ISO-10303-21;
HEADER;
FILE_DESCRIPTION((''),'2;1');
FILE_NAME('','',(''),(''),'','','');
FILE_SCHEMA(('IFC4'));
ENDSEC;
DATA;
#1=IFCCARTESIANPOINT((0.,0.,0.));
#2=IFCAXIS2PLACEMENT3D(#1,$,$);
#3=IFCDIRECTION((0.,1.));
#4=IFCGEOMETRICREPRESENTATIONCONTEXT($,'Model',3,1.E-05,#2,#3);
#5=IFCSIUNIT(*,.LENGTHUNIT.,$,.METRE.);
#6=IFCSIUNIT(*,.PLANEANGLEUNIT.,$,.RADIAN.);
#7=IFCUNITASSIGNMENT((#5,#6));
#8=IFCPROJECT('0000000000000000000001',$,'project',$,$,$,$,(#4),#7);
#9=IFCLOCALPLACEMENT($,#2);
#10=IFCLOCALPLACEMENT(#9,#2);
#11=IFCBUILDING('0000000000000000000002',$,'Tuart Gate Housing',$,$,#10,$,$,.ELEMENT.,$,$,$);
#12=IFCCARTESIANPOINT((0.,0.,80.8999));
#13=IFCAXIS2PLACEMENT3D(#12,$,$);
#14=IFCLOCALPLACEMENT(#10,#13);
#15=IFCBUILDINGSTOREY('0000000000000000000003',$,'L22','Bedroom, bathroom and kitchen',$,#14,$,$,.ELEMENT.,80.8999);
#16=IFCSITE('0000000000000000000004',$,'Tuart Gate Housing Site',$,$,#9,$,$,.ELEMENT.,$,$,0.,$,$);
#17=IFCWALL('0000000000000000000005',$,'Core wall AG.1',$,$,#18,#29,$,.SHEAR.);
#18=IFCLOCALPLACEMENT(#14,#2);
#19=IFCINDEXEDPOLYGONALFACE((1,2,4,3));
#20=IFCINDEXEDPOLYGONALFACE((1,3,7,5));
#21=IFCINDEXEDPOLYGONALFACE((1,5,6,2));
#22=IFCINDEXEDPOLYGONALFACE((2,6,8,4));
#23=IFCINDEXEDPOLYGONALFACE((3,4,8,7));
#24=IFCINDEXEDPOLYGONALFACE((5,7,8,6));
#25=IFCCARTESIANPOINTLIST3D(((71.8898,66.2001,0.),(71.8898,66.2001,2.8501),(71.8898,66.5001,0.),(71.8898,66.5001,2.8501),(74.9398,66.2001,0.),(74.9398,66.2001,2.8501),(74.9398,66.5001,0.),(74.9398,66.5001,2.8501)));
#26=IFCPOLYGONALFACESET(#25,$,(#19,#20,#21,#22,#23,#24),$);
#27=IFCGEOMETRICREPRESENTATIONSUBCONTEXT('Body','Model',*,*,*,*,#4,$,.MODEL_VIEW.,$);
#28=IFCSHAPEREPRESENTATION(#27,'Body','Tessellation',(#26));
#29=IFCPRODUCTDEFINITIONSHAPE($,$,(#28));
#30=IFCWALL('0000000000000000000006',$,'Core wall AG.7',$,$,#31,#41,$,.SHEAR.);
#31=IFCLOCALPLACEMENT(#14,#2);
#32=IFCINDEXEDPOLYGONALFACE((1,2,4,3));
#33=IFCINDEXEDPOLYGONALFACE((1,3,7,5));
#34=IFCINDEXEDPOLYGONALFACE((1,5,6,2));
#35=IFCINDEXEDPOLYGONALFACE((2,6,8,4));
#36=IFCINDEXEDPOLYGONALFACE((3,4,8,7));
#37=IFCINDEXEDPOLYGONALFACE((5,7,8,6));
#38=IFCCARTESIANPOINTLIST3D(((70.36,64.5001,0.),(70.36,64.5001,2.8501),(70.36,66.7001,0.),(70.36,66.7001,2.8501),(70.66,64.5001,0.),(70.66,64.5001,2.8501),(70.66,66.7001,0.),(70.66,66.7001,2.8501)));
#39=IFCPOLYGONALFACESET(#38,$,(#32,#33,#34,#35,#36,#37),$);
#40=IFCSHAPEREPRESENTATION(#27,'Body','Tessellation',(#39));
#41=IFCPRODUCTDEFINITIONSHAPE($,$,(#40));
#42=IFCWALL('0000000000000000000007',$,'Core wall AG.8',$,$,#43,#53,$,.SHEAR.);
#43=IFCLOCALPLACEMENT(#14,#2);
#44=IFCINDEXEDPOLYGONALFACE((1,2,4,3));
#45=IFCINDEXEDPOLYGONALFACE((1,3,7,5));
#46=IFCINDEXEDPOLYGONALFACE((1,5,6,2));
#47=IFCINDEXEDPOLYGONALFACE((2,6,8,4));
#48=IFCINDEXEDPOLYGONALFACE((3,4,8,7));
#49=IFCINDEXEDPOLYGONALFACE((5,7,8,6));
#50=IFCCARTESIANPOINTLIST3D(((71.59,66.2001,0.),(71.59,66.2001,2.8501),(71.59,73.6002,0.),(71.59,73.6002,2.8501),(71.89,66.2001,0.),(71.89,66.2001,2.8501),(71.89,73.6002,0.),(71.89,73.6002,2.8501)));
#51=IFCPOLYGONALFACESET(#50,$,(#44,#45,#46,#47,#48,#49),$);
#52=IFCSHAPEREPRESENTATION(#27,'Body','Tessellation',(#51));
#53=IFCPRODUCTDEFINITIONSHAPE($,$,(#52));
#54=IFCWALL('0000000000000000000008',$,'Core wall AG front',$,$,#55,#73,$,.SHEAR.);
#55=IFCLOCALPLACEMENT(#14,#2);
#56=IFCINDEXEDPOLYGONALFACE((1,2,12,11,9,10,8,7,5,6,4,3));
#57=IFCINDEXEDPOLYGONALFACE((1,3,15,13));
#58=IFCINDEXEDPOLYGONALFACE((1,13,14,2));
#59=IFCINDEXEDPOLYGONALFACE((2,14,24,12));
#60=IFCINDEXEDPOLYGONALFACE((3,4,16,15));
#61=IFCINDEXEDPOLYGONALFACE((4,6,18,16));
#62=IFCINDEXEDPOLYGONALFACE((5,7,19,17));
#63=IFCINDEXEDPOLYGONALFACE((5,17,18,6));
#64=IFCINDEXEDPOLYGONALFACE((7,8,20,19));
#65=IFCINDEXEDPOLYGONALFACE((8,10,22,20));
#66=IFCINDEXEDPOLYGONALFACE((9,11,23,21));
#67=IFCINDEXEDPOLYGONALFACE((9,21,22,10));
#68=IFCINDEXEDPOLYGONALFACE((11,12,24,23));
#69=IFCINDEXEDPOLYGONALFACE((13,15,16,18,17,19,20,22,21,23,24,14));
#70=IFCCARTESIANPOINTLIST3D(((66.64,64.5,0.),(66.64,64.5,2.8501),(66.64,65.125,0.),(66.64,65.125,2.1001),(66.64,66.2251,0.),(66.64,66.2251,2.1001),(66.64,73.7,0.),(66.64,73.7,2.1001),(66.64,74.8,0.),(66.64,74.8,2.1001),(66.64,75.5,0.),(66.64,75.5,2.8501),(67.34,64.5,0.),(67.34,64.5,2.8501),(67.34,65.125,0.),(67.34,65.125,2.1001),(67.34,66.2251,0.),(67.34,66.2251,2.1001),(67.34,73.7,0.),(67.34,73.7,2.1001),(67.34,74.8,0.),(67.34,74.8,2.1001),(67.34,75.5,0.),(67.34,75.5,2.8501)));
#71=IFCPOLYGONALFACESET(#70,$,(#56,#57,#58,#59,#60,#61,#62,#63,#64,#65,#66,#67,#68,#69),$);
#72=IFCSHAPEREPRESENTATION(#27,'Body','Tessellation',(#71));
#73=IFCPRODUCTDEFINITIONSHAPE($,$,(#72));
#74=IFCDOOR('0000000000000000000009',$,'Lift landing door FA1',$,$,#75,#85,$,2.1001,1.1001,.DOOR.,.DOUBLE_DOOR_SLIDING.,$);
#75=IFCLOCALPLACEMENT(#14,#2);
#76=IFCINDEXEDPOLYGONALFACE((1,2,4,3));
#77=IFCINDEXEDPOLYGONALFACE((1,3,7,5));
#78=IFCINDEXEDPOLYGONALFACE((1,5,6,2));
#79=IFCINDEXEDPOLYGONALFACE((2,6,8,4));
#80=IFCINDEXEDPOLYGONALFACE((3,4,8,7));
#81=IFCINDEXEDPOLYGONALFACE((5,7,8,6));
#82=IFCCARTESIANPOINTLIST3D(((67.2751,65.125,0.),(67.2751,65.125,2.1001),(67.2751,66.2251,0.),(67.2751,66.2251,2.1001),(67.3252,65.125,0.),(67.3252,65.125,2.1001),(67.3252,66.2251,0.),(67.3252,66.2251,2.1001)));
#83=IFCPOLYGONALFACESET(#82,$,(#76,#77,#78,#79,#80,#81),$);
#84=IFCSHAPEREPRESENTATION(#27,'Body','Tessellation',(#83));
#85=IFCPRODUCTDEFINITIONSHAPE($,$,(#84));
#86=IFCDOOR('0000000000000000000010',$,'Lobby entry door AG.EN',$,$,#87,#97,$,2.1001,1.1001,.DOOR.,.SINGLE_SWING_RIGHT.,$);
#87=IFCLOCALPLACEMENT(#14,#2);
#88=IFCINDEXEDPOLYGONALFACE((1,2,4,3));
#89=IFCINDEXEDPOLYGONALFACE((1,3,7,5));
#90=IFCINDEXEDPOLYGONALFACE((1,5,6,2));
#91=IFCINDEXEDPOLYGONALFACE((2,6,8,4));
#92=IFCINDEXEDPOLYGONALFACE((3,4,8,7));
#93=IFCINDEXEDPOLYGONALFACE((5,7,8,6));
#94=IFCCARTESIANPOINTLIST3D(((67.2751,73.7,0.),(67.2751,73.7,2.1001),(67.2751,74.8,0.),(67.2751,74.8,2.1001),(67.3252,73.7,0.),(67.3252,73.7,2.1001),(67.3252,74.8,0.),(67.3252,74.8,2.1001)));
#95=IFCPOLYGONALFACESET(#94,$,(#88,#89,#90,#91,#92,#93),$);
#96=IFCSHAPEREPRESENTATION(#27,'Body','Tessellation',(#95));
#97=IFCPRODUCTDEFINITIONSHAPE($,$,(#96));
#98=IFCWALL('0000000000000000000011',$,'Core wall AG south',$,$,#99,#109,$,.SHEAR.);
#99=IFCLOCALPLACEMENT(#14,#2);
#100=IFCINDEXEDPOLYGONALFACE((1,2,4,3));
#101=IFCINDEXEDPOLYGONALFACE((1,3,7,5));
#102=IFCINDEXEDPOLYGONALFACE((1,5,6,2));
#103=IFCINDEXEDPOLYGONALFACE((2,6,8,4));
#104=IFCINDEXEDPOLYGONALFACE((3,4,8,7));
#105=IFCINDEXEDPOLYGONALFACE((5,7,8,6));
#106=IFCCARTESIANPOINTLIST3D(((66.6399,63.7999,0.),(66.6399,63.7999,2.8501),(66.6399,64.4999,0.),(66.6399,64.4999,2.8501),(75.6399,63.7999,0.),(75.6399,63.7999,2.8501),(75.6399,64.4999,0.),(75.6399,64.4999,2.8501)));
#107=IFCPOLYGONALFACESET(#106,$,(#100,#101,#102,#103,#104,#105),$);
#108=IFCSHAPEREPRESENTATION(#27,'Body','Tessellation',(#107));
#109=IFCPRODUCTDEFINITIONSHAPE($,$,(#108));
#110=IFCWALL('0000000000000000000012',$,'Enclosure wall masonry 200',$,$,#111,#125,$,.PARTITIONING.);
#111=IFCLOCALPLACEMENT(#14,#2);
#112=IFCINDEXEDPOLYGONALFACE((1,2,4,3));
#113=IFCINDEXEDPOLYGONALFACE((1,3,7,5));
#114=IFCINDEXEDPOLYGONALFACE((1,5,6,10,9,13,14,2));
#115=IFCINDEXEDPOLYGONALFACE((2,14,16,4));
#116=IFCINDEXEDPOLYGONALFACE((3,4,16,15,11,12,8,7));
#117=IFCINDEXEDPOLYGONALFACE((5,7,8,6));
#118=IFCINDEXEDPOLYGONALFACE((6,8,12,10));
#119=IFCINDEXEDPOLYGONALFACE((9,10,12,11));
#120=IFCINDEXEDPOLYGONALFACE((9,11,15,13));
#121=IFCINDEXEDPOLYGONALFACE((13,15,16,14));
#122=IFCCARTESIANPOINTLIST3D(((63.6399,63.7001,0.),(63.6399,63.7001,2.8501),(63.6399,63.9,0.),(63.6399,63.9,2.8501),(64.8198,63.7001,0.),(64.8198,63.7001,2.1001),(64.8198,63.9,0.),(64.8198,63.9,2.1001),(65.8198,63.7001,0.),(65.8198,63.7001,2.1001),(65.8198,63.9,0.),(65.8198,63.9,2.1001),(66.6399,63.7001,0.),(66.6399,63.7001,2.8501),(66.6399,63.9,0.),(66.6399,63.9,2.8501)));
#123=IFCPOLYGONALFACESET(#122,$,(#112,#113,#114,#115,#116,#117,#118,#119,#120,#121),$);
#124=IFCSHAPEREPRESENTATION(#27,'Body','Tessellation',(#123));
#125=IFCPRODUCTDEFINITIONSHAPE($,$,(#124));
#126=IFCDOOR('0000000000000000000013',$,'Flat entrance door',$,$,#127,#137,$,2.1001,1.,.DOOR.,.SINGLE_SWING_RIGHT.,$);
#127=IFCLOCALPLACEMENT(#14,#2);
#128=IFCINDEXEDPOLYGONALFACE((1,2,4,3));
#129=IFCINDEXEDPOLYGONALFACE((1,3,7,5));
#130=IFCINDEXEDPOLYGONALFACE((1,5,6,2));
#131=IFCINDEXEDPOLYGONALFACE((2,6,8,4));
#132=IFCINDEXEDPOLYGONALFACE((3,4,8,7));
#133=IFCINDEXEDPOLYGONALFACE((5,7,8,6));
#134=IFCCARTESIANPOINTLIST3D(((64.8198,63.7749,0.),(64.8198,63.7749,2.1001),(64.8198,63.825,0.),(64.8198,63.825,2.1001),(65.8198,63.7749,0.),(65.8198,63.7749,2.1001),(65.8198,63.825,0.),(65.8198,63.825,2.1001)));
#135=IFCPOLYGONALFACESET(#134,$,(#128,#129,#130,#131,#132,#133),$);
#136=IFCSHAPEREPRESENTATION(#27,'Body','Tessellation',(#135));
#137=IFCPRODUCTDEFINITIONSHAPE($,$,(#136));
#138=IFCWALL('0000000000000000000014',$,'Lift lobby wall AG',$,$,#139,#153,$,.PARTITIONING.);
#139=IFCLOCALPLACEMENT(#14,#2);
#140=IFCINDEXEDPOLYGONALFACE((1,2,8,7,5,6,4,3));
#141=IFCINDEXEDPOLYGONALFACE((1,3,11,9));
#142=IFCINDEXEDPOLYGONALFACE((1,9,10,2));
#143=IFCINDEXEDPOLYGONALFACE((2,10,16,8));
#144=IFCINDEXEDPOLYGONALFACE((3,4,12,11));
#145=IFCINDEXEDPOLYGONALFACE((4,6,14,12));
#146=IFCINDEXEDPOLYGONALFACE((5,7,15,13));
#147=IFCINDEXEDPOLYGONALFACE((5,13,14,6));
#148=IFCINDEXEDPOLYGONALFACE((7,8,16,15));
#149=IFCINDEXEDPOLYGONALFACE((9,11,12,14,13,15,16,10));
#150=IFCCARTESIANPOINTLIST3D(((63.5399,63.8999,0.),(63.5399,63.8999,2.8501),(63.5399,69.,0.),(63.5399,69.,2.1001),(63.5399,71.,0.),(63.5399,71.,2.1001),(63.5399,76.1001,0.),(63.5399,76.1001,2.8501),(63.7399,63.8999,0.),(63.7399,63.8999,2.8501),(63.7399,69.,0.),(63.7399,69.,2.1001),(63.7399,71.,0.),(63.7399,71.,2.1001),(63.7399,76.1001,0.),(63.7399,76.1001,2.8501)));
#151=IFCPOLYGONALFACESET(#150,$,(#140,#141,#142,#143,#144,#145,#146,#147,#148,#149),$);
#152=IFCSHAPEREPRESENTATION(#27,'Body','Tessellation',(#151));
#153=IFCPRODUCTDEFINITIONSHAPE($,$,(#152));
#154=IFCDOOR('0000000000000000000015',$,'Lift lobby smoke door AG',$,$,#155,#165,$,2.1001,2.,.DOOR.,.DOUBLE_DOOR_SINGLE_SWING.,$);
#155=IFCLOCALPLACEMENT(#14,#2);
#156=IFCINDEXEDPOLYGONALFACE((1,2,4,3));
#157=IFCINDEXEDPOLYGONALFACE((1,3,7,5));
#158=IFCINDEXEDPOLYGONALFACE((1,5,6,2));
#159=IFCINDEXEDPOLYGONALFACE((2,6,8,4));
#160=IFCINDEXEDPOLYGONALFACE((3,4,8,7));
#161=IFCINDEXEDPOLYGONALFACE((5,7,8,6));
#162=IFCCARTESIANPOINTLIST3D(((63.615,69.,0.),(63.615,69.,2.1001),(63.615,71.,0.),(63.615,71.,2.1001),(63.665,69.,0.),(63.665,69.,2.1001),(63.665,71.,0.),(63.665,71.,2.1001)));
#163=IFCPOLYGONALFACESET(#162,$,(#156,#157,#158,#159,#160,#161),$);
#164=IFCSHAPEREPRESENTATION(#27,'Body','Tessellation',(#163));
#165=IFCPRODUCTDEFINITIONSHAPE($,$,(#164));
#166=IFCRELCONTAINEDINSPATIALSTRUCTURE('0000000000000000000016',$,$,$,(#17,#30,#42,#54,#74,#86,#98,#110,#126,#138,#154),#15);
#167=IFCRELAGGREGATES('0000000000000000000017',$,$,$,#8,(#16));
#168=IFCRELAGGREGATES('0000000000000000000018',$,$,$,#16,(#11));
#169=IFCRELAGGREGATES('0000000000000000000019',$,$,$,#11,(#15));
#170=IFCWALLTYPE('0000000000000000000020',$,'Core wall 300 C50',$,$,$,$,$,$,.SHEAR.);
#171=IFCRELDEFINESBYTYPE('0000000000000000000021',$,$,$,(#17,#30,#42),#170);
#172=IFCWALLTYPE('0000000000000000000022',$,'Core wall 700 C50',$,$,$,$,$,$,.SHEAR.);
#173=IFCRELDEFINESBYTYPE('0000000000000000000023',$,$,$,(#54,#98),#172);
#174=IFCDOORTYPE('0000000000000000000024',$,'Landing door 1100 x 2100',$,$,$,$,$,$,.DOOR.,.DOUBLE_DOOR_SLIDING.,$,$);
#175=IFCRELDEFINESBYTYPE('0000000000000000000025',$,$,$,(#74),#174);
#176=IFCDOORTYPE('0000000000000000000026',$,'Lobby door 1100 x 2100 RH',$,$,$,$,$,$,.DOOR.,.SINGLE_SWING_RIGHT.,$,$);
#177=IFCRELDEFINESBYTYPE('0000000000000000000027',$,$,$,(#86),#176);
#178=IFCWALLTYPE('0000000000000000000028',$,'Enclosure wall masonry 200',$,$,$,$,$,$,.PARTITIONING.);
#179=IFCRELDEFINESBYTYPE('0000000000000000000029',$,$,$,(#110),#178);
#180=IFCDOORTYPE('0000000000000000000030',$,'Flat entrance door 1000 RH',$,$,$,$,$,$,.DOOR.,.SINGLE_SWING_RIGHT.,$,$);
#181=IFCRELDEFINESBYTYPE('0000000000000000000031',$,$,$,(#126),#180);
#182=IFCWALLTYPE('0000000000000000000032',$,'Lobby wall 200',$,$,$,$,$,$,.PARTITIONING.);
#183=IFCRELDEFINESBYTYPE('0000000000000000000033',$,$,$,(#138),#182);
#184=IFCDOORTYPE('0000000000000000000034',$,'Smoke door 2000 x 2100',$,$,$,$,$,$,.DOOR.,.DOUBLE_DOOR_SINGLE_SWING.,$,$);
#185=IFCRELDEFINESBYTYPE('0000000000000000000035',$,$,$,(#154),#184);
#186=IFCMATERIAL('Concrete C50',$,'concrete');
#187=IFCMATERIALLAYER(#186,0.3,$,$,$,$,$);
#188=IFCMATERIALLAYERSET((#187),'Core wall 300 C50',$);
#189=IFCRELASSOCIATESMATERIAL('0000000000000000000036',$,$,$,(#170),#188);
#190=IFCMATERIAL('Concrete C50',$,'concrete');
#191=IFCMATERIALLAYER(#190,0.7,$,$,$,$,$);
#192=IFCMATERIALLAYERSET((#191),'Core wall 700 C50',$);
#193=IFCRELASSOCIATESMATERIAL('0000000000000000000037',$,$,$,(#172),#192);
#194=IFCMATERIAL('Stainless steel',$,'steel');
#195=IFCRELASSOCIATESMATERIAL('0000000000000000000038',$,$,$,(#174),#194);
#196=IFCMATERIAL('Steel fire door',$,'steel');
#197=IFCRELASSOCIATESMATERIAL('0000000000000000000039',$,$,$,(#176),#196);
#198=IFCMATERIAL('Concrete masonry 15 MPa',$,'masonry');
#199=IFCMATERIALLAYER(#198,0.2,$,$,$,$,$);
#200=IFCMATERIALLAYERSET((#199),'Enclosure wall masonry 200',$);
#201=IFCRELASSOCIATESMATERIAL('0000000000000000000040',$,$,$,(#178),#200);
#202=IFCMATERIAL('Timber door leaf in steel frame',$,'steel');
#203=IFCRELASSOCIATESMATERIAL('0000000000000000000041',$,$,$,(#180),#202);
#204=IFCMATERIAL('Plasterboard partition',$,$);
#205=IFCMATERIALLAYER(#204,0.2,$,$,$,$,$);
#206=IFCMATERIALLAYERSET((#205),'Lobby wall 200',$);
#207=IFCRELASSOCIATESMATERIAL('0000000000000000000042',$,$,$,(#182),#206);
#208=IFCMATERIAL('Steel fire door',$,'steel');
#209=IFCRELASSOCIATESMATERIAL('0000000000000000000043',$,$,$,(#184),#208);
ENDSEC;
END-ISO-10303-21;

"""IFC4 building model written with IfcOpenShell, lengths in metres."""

from ifc_helpers import new_model, si_unit, direction, frame, frame_2d, origin, place, context, subcontext, project, spatial, rectangle, extrude, material, layer, layer_set, type_object, element, fill, save


model = new_model("IFC4")

# Units and contexts
model_context = context("Model", 3, precision=1e-05, world=origin(), true_north=direction((0.0, 1.0)))
body_context = subcontext(model_context, "Body", "Model", "MODEL_VIEW")
ifc_project = project(units=[si_unit("LENGTHUNIT", "METRE"), si_unit("PLANEANGLEUNIT", "RADIAN")], contexts=[model_context])

# Site, building, storey
site_placement = place(None, origin())
site = spatial("IfcSite", under=ifc_project, at=site_placement, Name="Tuart Gate Housing Site", CompositionType="ELEMENT", RefElevation=0.0)
building_placement = place(site_placement, origin())
building = spatial("IfcBuilding", under=site, at=building_placement, Name="Tuart Gate Housing", CompositionType="ELEMENT")
storey_placement = place(building_placement, frame((0.0, 0.0, 80.8999)))
storey = spatial("IfcBuildingStorey", under=building, at=storey_placement, Name="L22", Description="Bedroom, bathroom and kitchen", CompositionType="ELEMENT", Elevation=80.8999)

# Walls
ifc_material_1 = material(Name="Concrete C50", Category="concrete")
ifc_layer_1 = layer(ifc_material_1, 0.3)
ifc_layer_set_1 = layer_set([ifc_layer_1], Name="Core wall 300 C50")
wall_type_1 = type_object("IfcWallType", Name="Core wall 300 C50", PredefinedType="SHEAR", material=ifc_layer_set_1)
wall_1_placement = place(storey_placement, frame((71.8899, 66.3501, 0.0), z_axis=(0.0, 0.0, 1.0), x_axis=(1.0, 0.0, 0.0)))
element("IfcWall", 1, at=wall_1_placement, inside=storey, type_object=wall_type_1, Name="Core wall AG.1", PredefinedType="SHEAR", context=body_context, shape_type="SweptSolid", body=[
    extrude(rectangle(XDim=3.05, YDim=0.3, at=frame_2d((1.5249, 0.0))), origin(), (0.0, 0.0, 1.0), 2.8501),
])
wall_2_placement = place(storey_placement, frame((70.51, 64.5, 0.0), z_axis=(0.0, 0.0, 1.0), x_axis=(0.0, 1.0, 0.0)))
element("IfcWall", 2, at=wall_2_placement, inside=storey, type_object=wall_type_1, Name="Core wall AG.7", PredefinedType="SHEAR", context=body_context, shape_type="SweptSolid", body=[
    extrude(rectangle(XDim=2.2, YDim=0.3, at=frame_2d((1.1001, 0.0))), origin(), (0.0, 0.0, 1.0), 2.8501),
])
wall_3_placement = place(storey_placement, frame((71.74, 66.2, 0.0), z_axis=(0.0, 0.0, 1.0), x_axis=(0.0, 1.0, 0.0)))
element("IfcWall", 3, at=wall_3_placement, inside=storey, type_object=wall_type_1, Name="Core wall AG.8", PredefinedType="SHEAR", context=body_context, shape_type="SweptSolid", body=[
    extrude(rectangle(XDim=7.4001, YDim=0.3, at=frame_2d((3.7002, 0.0))), origin(), (0.0, 0.0, 1.0), 2.8501),
])

# Wall, openings, doors
ifc_material_2 = material(Name="Concrete C50", Category="concrete")
ifc_layer_2 = layer(ifc_material_2, 0.7)
ifc_layer_set_2 = layer_set([ifc_layer_2], Name="Core wall 700 C50")
wall_type_2 = type_object("IfcWallType", Name="Core wall 700 C50", PredefinedType="SHEAR", material=ifc_layer_set_2)
wall_4_placement = place(storey_placement, frame((66.99, 64.5, 0.0), z_axis=(0.0, 0.0, 1.0), x_axis=(0.0, 1.0, 0.0)))
wall_4 = element("IfcWall", 4, at=wall_4_placement, inside=storey, type_object=wall_type_2, Name="Core wall AG front", PredefinedType="SHEAR", context=body_context, shape_type="SweptSolid", body=[
    extrude(rectangle(XDim=11.0, YDim=0.7, at=frame_2d((5.5, 0.0))), origin(), (0.0, 0.0, 1.0), 2.8501),
])
opening_1_placement = place(wall_4_placement, frame((0.625, 0.0, 0.0)))
opening_1 = element("IfcOpeningElement", 5, at=opening_1_placement, cuts=wall_4, PredefinedType="OPENING", context=body_context, shape_type="SweptSolid", body=[
    extrude(rectangle(XDim=1.1001, YDim=2.1001, at=frame_2d((0.55, 1.05))), frame((0.0, 0.3599, 0.0), z_axis=(0.0, -1.0, 0.0), x_axis=(1.0, 0.0, 0.0)), (0.0, 0.0, 1.0), 0.72),
])
opening_2_placement = place(wall_4_placement, frame((9.2, 0.0, 0.0)))
opening_2 = element("IfcOpeningElement", 6, at=opening_2_placement, cuts=wall_4, PredefinedType="OPENING", context=body_context, shape_type="SweptSolid", body=[
    extrude(rectangle(XDim=1.1001, YDim=2.1001, at=frame_2d((0.55, 1.05))), frame((0.0, 0.3599, 0.0), z_axis=(0.0, -1.0, 0.0), x_axis=(1.0, 0.0, 0.0)), (0.0, 0.0, 1.0), 0.72),
])
ifc_material_3 = material(Name="Stainless steel", Category="steel")
door_type_1 = type_object("IfcDoorType", Name="Landing door 1100 x 2100", OperationType="DOUBLE_DOOR_SLIDING", PredefinedType="DOOR", material=ifc_material_3)
door_1_placement = place(opening_1_placement, origin())
door_1 = element("IfcDoor", 7, at=door_1_placement, inside=storey, type_object=door_type_1, Name="Lift landing door FA1", OperationType="DOUBLE_DOOR_SLIDING", OverallHeight=2.1001, OverallWidth=1.1001, PredefinedType="DOOR", context=body_context, shape_type="SweptSolid", body=[
    extrude(rectangle(XDim=1.1001, YDim=2.1001, at=frame_2d((0.55, 1.05))), frame((0.0, -0.2852, 0.0), z_axis=(0.0, -1.0, 0.0), x_axis=(1.0, 0.0, 0.0)), (0.0, 0.0, 1.0), 0.05),
])
fill(opening_1, door_1)
ifc_material_4 = material(Name="Steel fire door", Category="steel")
door_type_2 = type_object("IfcDoorType", Name="Lobby door 1100 x 2100 RH", OperationType="SINGLE_SWING_RIGHT", PredefinedType="DOOR", material=ifc_material_4)
door_2_placement = place(opening_2_placement, frame((1.1001, 0.0, 0.0), z_axis=(0.0, 0.0, 1.0), x_axis=(-1.0, 0.0, 0.0)))
door_2 = element("IfcDoor", 8, at=door_2_placement, inside=storey, type_object=door_type_2, Name="Lobby entry door AG.EN", OperationType="SINGLE_SWING_RIGHT", OverallHeight=2.1001, OverallWidth=1.1001, PredefinedType="DOOR", context=body_context, shape_type="SweptSolid", body=[
    extrude(rectangle(XDim=1.1001, YDim=2.1001, at=frame_2d((0.55, 1.05))), frame((0.0, 0.3352, 0.0), z_axis=(0.0, -1.0, 0.0), x_axis=(1.0, 0.0, 0.0)), (0.0, 0.0, 1.0), 0.05),
])
fill(opening_2, door_2)

# Wall
wall_5_placement = place(storey_placement, frame((66.6399, 64.1499, 0.0), z_axis=(0.0, 0.0, 1.0), x_axis=(1.0, 0.0, 0.0)))
element("IfcWall", 9, at=wall_5_placement, inside=storey, type_object=wall_type_2, Name="Core wall AG south", PredefinedType="SHEAR", context=body_context, shape_type="SweptSolid", body=[
    extrude(rectangle(XDim=9.0, YDim=0.7, at=frame_2d((4.5, 0.0))), origin(), (0.0, 0.0, 1.0), 2.8501),
])

# Walls, openings, doors
ifc_material_5 = material(Name="Concrete masonry 15 MPa", Category="masonry")
ifc_layer_3 = layer(ifc_material_5, 0.2)
ifc_layer_set_3 = layer_set([ifc_layer_3], Name="Enclosure wall masonry 200")
wall_type_3 = type_object("IfcWallType", Name="Enclosure wall masonry 200", PredefinedType="PARTITIONING", material=ifc_layer_set_3)
wall_6_placement = place(storey_placement, frame((63.6399, 63.8, 0.0), z_axis=(0.0, 0.0, 1.0), x_axis=(1.0, 0.0, 0.0)))
wall_6 = element("IfcWall", 10, at=wall_6_placement, inside=storey, type_object=wall_type_3, Name="Enclosure wall masonry 200", PredefinedType="PARTITIONING", context=body_context, shape_type="SweptSolid", body=[
    extrude(rectangle(XDim=3.0, YDim=0.2, at=frame_2d((1.5, 0.0))), origin(), (0.0, 0.0, 1.0), 2.8501),
])
opening_3_placement = place(wall_6_placement, frame((1.1799, 0.0, 0.0)))
opening_3 = element("IfcOpeningElement", 11, at=opening_3_placement, cuts=wall_6, PredefinedType="OPENING", context=body_context, shape_type="SweptSolid", body=[
    extrude(rectangle(XDim=1.0, YDim=2.1001, at=frame_2d((0.5, 1.05))), frame((0.0, 0.1099, 0.0), z_axis=(0.0, -1.0, 0.0), x_axis=(1.0, 0.0, 0.0)), (0.0, 0.0, 1.0), 0.22),
])
ifc_material_6 = material(Name="Timber door leaf in steel frame", Category="steel")
door_type_3 = type_object("IfcDoorType", Name="Flat entrance door 1000 RH", OperationType="SINGLE_SWING_RIGHT", PredefinedType="DOOR", material=ifc_material_6)
door_3_placement = place(opening_3_placement, frame((1.0, 0.0, 0.0), z_axis=(0.0, 0.0, 1.0), x_axis=(-1.0, 0.0, 0.0)))
door_3 = element("IfcDoor", 12, at=door_3_placement, inside=storey, type_object=door_type_3, Name="Flat entrance door", OperationType="SINGLE_SWING_RIGHT", OverallHeight=2.1001, OverallWidth=1.0, PredefinedType="DOOR", context=body_context, shape_type="SweptSolid", body=[
    extrude(rectangle(XDim=1.0, YDim=2.1001, at=frame_2d((0.5, 1.05))), frame((0.0, 0.0251, 0.0), z_axis=(0.0, -1.0, 0.0), x_axis=(1.0, 0.0, 0.0)), (0.0, 0.0, 1.0), 0.05),
])
fill(opening_3, door_3)
ifc_material_7 = material(Name="Plasterboard partition")
ifc_layer_4 = layer(ifc_material_7, 0.2)
ifc_layer_set_4 = layer_set([ifc_layer_4], Name="Lobby wall 200")
wall_type_4 = type_object("IfcWallType", Name="Lobby wall 200", PredefinedType="PARTITIONING", material=ifc_layer_set_4)
wall_7_placement = place(storey_placement, frame((63.6399, 63.8999, 0.0), z_axis=(0.0, 0.0, 1.0), x_axis=(0.0, 1.0, 0.0)))
wall_7 = element("IfcWall", 13, at=wall_7_placement, inside=storey, type_object=wall_type_4, Name="Lift lobby wall AG", PredefinedType="PARTITIONING", context=body_context, shape_type="SweptSolid", body=[
    extrude(rectangle(XDim=12.2002, YDim=0.2, at=frame_2d((6.1001, 0.0))), origin(), (0.0, 0.0, 1.0), 2.8501),
])
opening_4_placement = place(wall_7_placement, frame((5.1001, 0.0, 0.0)))
opening_4 = element("IfcOpeningElement", 14, at=opening_4_placement, cuts=wall_7, PredefinedType="OPENING", context=body_context, shape_type="SweptSolid", body=[
    extrude(rectangle(XDim=2.0, YDim=2.1001, at=frame_2d((1.0, 1.05))), frame((0.0, 0.1099, 0.0), z_axis=(0.0, -1.0, 0.0), x_axis=(1.0, 0.0, 0.0)), (0.0, 0.0, 1.0), 0.22),
])
ifc_material_8 = material(Name="Steel fire door", Category="steel")
door_type_4 = type_object("IfcDoorType", Name="Smoke door 2000 x 2100", OperationType="DOUBLE_DOOR_SINGLE_SWING", PredefinedType="DOOR", material=ifc_material_8)
door_4_placement = place(opening_4_placement, frame((2.0, 0.0, 0.0), z_axis=(0.0, 0.0, 1.0), x_axis=(-1.0, 0.0, 0.0)))
door_4 = element("IfcDoor", 15, at=door_4_placement, inside=storey, type_object=door_type_4, Name="Lift lobby smoke door AG", OperationType="DOUBLE_DOOR_SINGLE_SWING", OverallHeight=2.1001, OverallWidth=2.0, PredefinedType="DOOR", context=body_context, shape_type="SweptSolid", body=[
    extrude(rectangle(XDim=2.0, YDim=2.1001, at=frame_2d((1.0, 1.05))), frame((0.0, 0.0251, 0.0), z_axis=(0.0, -1.0, 0.0), x_axis=(1.0, 0.0, 0.0)), (0.0, 0.0, 1.0), 0.05),
])
fill(opening_4, door_4)

save(model, "model.ifc")
